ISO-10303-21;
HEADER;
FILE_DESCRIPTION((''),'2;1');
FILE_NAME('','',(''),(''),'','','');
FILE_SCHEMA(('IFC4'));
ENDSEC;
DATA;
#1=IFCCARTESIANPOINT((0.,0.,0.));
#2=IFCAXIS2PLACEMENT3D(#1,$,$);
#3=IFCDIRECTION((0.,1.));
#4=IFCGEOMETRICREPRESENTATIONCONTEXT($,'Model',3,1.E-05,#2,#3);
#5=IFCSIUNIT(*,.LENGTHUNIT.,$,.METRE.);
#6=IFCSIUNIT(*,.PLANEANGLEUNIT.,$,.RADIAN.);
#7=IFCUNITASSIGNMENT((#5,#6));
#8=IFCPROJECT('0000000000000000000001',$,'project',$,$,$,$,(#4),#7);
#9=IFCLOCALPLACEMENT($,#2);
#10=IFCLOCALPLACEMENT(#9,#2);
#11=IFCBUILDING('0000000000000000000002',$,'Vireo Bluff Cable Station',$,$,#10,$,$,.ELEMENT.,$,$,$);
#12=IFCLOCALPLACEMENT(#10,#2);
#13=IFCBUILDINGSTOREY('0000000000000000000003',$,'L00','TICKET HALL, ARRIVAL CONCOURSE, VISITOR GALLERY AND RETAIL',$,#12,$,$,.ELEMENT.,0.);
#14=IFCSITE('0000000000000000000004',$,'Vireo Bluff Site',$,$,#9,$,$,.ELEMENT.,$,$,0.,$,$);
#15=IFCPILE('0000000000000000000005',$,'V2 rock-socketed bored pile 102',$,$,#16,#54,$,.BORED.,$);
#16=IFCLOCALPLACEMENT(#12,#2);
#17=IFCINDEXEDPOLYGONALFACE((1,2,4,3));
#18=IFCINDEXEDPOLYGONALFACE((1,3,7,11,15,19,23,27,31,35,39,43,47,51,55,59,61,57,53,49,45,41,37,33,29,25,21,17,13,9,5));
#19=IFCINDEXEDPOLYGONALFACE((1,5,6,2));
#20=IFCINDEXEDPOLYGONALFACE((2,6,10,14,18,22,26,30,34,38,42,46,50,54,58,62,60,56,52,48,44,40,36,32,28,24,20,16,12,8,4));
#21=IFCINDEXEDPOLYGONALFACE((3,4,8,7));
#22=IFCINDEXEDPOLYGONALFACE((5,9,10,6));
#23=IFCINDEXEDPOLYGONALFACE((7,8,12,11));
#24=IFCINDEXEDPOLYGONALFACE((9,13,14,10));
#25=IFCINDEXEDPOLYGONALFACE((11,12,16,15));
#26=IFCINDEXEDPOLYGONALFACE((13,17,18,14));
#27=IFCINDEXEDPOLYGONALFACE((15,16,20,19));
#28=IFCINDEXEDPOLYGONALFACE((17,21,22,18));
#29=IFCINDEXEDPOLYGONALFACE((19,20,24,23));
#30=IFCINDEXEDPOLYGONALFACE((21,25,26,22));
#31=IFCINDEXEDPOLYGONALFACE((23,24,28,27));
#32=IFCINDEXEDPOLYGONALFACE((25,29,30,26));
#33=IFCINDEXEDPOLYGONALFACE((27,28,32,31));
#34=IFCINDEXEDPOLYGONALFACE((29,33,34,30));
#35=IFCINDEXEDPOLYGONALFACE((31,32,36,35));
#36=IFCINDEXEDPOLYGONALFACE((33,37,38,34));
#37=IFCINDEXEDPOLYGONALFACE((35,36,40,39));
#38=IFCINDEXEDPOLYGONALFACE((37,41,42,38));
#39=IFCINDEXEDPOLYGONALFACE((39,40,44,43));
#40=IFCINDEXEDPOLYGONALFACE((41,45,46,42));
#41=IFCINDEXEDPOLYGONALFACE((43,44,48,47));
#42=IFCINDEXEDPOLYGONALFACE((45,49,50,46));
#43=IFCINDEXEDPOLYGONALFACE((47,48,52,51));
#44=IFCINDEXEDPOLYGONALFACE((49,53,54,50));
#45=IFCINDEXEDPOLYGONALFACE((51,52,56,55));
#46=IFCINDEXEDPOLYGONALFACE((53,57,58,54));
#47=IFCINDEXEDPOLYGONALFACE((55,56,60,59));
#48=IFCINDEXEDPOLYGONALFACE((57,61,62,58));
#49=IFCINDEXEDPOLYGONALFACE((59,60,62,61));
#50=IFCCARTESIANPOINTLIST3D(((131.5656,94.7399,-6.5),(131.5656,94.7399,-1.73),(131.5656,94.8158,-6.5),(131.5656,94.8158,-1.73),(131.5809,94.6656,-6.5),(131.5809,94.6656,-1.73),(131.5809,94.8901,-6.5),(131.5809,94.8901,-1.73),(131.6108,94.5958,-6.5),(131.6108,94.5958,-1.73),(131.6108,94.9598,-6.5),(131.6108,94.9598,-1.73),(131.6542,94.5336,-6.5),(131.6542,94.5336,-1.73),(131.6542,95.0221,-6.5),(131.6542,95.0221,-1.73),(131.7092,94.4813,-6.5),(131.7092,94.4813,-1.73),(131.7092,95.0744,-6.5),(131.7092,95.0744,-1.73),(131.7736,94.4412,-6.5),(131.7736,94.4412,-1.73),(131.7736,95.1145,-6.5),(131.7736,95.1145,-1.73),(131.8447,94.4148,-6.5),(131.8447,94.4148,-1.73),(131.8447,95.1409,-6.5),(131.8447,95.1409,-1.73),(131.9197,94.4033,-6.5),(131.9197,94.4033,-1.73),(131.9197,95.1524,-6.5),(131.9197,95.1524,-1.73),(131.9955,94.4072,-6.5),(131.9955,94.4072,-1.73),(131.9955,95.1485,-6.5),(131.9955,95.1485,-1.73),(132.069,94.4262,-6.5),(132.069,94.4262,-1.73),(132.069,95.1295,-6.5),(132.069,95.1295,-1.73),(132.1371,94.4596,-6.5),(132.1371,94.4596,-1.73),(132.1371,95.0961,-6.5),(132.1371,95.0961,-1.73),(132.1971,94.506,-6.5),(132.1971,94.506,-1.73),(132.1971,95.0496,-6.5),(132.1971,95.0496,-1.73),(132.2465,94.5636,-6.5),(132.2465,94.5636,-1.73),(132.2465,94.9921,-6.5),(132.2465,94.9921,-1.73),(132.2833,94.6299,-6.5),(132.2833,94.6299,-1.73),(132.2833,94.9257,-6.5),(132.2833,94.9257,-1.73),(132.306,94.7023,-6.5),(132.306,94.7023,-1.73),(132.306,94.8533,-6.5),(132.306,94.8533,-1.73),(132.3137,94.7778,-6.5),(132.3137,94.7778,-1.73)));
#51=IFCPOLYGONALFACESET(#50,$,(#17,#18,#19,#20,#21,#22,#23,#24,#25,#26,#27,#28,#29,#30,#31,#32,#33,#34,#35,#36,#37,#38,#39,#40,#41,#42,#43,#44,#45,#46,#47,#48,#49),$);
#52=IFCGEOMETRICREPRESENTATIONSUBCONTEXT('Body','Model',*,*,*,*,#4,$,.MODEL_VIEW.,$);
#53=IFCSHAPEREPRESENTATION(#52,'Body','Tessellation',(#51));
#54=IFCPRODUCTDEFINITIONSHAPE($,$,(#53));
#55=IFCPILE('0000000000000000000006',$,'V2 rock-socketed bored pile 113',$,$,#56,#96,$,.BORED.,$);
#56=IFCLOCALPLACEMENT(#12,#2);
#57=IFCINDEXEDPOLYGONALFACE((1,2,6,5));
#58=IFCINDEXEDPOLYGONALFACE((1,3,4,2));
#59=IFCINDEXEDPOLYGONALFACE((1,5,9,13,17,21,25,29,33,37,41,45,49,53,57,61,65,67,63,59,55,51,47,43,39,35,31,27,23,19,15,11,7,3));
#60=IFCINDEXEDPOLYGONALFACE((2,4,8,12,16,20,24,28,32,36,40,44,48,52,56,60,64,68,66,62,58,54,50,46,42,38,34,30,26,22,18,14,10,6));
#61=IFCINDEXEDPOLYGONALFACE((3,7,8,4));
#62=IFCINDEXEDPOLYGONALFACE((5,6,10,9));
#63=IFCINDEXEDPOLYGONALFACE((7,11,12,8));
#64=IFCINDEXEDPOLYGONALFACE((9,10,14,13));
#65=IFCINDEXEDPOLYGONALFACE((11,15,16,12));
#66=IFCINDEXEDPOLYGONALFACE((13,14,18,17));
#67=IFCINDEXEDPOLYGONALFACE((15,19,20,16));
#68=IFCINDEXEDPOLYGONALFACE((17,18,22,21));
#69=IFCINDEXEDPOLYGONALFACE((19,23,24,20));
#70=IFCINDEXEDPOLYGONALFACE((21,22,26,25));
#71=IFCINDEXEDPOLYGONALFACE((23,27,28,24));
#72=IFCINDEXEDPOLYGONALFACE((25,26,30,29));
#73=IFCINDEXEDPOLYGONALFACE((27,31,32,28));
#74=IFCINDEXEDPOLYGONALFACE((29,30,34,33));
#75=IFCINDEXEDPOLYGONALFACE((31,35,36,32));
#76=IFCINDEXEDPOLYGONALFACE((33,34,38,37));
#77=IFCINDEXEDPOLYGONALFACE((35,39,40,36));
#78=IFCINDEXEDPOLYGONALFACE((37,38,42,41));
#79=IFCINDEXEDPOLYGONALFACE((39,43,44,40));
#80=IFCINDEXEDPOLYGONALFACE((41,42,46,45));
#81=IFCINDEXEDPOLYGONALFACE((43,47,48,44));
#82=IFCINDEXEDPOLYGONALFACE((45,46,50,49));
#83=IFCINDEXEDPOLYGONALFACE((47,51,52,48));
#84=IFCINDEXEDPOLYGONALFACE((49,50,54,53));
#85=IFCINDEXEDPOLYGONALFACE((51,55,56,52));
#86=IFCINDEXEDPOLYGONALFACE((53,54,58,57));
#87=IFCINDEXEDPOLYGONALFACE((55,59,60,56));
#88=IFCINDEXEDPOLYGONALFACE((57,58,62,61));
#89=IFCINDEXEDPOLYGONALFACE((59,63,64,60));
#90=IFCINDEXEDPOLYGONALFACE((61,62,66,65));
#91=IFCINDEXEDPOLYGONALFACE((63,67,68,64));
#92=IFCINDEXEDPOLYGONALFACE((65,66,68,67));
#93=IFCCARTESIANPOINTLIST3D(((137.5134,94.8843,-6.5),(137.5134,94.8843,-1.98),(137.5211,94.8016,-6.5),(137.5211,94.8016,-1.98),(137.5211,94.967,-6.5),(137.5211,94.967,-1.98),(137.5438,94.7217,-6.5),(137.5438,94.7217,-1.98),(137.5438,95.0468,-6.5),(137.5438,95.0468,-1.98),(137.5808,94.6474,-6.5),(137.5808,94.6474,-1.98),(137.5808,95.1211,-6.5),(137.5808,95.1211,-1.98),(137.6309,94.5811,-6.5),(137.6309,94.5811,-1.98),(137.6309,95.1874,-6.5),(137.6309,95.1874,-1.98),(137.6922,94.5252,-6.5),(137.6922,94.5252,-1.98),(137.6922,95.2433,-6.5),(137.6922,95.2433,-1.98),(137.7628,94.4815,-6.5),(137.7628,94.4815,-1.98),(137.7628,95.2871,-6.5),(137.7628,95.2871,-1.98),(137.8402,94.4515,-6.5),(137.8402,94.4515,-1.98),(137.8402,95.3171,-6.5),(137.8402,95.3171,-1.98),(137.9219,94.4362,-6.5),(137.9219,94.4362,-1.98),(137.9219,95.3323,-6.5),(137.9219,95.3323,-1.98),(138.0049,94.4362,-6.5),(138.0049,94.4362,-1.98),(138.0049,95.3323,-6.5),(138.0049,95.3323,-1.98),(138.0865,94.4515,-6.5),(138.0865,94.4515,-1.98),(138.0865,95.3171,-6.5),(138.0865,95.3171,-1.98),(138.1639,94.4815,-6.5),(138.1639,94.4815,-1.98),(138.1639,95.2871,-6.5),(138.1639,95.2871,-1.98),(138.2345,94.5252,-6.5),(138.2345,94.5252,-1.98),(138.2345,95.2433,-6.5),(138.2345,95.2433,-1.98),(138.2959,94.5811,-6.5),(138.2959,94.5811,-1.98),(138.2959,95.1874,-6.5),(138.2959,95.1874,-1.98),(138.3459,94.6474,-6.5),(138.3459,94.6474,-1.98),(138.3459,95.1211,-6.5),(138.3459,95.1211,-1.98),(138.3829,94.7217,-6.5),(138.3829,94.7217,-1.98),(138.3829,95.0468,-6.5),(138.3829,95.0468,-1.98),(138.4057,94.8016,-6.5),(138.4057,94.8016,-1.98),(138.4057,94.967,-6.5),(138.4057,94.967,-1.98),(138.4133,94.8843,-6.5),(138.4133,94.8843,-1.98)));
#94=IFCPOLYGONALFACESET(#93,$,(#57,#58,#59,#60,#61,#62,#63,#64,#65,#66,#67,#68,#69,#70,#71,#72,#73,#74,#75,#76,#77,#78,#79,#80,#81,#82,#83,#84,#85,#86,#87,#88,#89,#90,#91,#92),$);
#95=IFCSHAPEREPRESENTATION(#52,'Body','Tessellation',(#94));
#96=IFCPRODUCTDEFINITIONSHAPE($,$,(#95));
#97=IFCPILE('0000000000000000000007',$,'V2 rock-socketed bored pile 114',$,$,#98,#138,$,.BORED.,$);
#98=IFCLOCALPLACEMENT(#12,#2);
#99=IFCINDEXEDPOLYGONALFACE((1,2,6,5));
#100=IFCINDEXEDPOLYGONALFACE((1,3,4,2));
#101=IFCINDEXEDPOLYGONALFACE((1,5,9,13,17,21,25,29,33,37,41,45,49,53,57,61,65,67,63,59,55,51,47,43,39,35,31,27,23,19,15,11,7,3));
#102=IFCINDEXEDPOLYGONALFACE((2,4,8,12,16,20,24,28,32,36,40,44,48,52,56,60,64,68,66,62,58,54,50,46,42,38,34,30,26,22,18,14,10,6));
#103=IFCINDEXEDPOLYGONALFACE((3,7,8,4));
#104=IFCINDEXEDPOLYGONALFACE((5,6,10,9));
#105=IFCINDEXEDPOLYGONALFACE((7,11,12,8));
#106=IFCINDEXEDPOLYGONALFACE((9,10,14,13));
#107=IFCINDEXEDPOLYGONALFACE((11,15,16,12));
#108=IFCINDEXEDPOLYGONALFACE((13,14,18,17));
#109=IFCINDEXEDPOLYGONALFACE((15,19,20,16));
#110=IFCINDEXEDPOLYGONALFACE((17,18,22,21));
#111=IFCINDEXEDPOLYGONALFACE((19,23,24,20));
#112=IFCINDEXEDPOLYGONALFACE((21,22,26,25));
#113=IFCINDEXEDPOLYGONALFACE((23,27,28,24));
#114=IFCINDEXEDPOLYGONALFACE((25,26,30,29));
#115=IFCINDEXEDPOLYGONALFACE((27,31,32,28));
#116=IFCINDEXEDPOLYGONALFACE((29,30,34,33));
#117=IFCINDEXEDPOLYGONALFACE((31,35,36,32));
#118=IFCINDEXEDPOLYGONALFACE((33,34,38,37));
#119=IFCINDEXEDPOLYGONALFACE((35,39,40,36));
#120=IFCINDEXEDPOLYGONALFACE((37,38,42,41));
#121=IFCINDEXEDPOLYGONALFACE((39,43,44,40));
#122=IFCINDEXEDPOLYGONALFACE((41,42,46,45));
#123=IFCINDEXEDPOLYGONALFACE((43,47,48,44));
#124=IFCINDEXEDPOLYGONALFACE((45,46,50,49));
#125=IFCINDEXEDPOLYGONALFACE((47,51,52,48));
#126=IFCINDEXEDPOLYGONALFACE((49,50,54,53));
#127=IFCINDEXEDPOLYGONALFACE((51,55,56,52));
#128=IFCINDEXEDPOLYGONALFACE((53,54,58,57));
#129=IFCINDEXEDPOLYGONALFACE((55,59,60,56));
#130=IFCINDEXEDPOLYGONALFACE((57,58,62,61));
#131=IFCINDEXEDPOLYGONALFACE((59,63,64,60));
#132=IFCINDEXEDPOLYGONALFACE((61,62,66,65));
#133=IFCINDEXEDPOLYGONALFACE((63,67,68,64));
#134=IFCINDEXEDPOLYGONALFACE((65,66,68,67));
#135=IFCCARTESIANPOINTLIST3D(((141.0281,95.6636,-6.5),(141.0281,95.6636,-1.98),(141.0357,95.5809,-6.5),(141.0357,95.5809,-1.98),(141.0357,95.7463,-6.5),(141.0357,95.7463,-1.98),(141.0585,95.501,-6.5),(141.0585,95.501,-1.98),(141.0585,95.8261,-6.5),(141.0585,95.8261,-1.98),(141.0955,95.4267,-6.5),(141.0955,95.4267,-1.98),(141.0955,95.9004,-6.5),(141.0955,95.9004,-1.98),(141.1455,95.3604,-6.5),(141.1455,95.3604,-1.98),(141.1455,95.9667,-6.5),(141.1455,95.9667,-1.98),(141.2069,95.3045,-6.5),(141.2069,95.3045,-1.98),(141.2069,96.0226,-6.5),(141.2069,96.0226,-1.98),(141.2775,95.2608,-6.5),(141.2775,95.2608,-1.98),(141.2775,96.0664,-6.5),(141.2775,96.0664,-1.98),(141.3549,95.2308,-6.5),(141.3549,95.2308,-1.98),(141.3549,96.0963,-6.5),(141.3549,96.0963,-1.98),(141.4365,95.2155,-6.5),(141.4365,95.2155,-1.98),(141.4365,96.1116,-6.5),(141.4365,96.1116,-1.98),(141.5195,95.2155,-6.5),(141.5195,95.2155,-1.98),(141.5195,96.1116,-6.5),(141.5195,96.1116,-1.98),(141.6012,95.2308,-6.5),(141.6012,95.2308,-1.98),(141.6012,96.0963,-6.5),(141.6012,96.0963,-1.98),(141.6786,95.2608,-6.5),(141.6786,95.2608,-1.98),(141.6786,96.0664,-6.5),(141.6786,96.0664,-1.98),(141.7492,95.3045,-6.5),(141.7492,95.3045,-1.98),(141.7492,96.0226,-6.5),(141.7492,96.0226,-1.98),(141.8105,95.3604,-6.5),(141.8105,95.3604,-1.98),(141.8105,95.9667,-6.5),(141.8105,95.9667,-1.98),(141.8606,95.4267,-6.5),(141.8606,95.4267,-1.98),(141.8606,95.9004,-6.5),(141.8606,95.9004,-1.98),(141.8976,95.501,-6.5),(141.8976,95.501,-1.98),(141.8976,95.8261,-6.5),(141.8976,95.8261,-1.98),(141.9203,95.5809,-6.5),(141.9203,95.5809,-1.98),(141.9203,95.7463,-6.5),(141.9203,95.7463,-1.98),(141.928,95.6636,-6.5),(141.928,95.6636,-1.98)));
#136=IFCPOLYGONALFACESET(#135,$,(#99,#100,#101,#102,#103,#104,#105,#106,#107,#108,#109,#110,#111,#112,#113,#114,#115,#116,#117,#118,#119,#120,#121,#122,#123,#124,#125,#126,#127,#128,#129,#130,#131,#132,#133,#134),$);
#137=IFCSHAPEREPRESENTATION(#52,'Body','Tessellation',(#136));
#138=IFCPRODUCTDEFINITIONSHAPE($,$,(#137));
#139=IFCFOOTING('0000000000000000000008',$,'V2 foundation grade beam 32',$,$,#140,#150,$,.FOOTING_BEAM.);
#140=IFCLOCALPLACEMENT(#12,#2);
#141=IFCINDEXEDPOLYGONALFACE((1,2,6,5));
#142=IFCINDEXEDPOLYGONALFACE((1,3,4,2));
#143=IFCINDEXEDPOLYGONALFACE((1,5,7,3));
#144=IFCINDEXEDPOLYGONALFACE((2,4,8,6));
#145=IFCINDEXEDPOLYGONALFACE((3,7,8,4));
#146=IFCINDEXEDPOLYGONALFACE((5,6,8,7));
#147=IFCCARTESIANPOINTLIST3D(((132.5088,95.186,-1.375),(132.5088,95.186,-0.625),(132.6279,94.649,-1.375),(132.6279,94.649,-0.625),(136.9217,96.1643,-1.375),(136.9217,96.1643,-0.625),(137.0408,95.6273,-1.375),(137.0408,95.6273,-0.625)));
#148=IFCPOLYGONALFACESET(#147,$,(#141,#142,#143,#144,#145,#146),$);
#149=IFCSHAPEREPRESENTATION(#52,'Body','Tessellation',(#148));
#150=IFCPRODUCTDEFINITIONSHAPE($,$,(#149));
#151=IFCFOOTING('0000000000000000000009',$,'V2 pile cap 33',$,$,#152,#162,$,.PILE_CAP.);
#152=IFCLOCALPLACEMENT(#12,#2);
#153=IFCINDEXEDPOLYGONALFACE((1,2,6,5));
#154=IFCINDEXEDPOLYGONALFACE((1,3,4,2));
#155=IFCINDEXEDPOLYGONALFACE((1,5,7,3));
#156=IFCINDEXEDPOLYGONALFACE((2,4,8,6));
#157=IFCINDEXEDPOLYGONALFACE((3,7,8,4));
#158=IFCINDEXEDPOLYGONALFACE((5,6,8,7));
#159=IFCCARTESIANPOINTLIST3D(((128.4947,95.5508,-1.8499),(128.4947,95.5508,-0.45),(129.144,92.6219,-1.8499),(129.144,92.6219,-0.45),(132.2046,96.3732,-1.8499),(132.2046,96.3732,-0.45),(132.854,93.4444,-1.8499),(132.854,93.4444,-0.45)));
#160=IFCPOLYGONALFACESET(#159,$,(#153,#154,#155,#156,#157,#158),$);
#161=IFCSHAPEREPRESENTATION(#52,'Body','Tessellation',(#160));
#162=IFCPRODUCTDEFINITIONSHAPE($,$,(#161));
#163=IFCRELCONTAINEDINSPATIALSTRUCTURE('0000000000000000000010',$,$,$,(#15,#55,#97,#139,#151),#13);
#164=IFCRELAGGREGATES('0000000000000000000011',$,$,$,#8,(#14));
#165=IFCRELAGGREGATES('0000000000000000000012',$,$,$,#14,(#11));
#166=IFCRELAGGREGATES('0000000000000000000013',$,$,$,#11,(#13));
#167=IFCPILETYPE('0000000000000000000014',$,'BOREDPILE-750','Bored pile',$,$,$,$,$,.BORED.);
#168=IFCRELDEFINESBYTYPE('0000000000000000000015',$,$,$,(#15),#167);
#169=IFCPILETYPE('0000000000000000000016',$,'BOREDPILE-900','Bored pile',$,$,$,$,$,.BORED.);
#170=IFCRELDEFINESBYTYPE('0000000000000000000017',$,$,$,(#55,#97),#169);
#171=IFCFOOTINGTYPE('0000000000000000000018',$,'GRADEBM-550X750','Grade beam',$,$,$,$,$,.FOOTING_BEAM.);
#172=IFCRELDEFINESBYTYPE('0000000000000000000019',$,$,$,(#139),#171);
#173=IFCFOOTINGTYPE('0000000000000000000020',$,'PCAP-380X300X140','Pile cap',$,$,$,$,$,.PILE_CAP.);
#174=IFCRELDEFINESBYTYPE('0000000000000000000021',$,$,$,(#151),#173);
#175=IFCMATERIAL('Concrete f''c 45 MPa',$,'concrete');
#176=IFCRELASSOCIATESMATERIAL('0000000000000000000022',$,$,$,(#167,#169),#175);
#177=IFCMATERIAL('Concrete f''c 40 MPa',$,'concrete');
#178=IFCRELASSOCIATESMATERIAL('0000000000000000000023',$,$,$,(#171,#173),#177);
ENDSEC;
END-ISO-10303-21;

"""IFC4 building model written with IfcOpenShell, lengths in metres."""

from ifc_helpers import new_model, si_unit, direction, frame, origin, origin_2d, place, context, subcontext, project, spatial, rectangle, circle, extrude, material, material_profile, profile_set, type_object, element, save


model = new_model("IFC4")

# Units and contexts
model_context = context("Model", 3, precision=1e-05, world=origin(), true_north=direction((0.0, 1.0)))
body_context = subcontext(model_context, "Body", "Model", "MODEL_VIEW")
ifc_project = project(units=[si_unit("LENGTHUNIT", "METRE"), si_unit("PLANEANGLEUNIT", "RADIAN")], contexts=[model_context])

# Site, building, storey
site_placement = place(None, origin())
site = spatial("IfcSite", under=ifc_project, at=site_placement, Name="Vireo Bluff Site", CompositionType="ELEMENT", RefElevation=0.0)
building_placement = place(site_placement, origin())
building = spatial("IfcBuilding", under=site, at=building_placement, Name="Vireo Bluff Cable Station", CompositionType="ELEMENT")
storey_placement = place(building_placement, origin())
storey = spatial("IfcBuildingStorey", under=building, at=storey_placement, Name="L00", Description="TICKET HALL, ARRIVAL CONCOURSE, VISITOR GALLERY AND RETAIL", CompositionType="ELEMENT", Elevation=0.0)

# Piles
ifc_material_1 = material(Name="Concrete f'c 45 MPa", Category="concrete")
ifc_material_profile_1 = material_profile(ifc_material_1, circle(Radius=0.375, at=origin_2d()), Name="BOREDPILE-750")
ifc_profile_set_1 = profile_set([ifc_material_profile_1], Name="Concrete f'c 45 MPa")
pile_type_1 = type_object("IfcPileType", Name="BOREDPILE-750", Description="Bored pile", PredefinedType="BORED", material=ifc_profile_set_1)
pile_placement = place(storey_placement, frame((131.9387, 94.7778, -1.73), z_axis=(0.0, 0.0, -1.0), x_axis=(1.0, 0.0, 0.0)))
element("IfcPile", 1, at=pile_placement, inside=storey, type_object=pile_type_1, Name="V2 rock-socketed bored pile 102", PredefinedType="BORED", context=body_context, shape_type="SweptSolid", body=[
    extrude(circle(Radius=0.375, at=origin_2d()), origin(), (0.0, 0.0, 1.0), 4.77),
])
ifc_material_profile_2 = material_profile(ifc_material_1, circle(Radius=0.45, at=origin_2d()), Name="BOREDPILE-900")
ifc_profile_set_2 = profile_set([ifc_material_profile_2], Name="Concrete f'c 45 MPa")
pile_type_2 = type_object("IfcPileType", Name="BOREDPILE-900", Description="Bored pile", PredefinedType="BORED", material=ifc_profile_set_2)
for number, where, z_axis, x_axis, name in (
    (2, (137.9634, 94.8843, -1.98), (0.0, 0.0, -1.0), (1.0, 0.0, 0.0), "V2 rock-socketed bored pile 113"),
    (3, (141.478, 95.6636, -1.98), (0.0, 0.0, -1.0), (1.0, 0.0, 0.0), "V2 rock-socketed bored pile 114"),
):
    element("IfcPile", number, at=place(storey_placement, frame(where, z_axis=z_axis, x_axis=x_axis)), inside=storey, type_object=pile_type_2, Name=name, PredefinedType="BORED", context=body_context, shape_type="SweptSolid", body=[
        extrude(circle(Radius=0.45, at=origin_2d()), origin(), (0.0, 0.0, 1.0), 4.52),
    ])

# Footings
ifc_material_2 = material(Name="Concrete f'c 40 MPa", Category="concrete")
ifc_material_profile_3 = material_profile(ifc_material_2, rectangle(XDim=0.55, YDim=0.75, at=origin_2d()), Name="GRADEBM-550X750")
ifc_profile_set_3 = profile_set([ifc_material_profile_3], Name="Concrete f'c 40 MPa")
footing_type_1 = type_object("IfcFootingType", Name="GRADEBM-550X750", Description="Grade beam", PredefinedType="FOOTING_BEAM", material=ifc_profile_set_3)
footing_1_placement = place(storey_placement, frame((132.5684, 94.9175, -1.0), z_axis=(0.976298, 0.216433, 0.0), x_axis=(-0.216433, 0.976298, 0.0)))
element("IfcFooting", 4, at=footing_1_placement, inside=storey, type_object=footing_type_1, Name="V2 foundation grade beam 32", PredefinedType="FOOTING_BEAM", context=body_context, shape_type="SweptSolid", body=[
    extrude(rectangle(XDim=0.55, YDim=0.75, at=origin_2d()), origin(), (0.0, 0.0, 1.0), 4.52),
])
footing_type_2 = type_object("IfcFootingType", Name="PCAP-380X300X140", Description="Pile cap", PredefinedType="PILE_CAP", material=ifc_material_2)
footing_2_placement = place(storey_placement, frame((130.6743, 94.4976, -1.8499), z_axis=(0.0, 0.0, 1.0), x_axis=(0.976296, 0.21644, 0.0)))
element("IfcFooting", 5, at=footing_2_placement, inside=storey, type_object=footing_type_2, Name="V2 pile cap 33", PredefinedType="PILE_CAP", context=body_context, shape_type="SweptSolid", body=[
    extrude(rectangle(XDim=3.8, YDim=3.0, at=origin_2d()), origin(), (0.0, 0.0, 1.0), 1.3999),
])

save(model, "model.ifc")
